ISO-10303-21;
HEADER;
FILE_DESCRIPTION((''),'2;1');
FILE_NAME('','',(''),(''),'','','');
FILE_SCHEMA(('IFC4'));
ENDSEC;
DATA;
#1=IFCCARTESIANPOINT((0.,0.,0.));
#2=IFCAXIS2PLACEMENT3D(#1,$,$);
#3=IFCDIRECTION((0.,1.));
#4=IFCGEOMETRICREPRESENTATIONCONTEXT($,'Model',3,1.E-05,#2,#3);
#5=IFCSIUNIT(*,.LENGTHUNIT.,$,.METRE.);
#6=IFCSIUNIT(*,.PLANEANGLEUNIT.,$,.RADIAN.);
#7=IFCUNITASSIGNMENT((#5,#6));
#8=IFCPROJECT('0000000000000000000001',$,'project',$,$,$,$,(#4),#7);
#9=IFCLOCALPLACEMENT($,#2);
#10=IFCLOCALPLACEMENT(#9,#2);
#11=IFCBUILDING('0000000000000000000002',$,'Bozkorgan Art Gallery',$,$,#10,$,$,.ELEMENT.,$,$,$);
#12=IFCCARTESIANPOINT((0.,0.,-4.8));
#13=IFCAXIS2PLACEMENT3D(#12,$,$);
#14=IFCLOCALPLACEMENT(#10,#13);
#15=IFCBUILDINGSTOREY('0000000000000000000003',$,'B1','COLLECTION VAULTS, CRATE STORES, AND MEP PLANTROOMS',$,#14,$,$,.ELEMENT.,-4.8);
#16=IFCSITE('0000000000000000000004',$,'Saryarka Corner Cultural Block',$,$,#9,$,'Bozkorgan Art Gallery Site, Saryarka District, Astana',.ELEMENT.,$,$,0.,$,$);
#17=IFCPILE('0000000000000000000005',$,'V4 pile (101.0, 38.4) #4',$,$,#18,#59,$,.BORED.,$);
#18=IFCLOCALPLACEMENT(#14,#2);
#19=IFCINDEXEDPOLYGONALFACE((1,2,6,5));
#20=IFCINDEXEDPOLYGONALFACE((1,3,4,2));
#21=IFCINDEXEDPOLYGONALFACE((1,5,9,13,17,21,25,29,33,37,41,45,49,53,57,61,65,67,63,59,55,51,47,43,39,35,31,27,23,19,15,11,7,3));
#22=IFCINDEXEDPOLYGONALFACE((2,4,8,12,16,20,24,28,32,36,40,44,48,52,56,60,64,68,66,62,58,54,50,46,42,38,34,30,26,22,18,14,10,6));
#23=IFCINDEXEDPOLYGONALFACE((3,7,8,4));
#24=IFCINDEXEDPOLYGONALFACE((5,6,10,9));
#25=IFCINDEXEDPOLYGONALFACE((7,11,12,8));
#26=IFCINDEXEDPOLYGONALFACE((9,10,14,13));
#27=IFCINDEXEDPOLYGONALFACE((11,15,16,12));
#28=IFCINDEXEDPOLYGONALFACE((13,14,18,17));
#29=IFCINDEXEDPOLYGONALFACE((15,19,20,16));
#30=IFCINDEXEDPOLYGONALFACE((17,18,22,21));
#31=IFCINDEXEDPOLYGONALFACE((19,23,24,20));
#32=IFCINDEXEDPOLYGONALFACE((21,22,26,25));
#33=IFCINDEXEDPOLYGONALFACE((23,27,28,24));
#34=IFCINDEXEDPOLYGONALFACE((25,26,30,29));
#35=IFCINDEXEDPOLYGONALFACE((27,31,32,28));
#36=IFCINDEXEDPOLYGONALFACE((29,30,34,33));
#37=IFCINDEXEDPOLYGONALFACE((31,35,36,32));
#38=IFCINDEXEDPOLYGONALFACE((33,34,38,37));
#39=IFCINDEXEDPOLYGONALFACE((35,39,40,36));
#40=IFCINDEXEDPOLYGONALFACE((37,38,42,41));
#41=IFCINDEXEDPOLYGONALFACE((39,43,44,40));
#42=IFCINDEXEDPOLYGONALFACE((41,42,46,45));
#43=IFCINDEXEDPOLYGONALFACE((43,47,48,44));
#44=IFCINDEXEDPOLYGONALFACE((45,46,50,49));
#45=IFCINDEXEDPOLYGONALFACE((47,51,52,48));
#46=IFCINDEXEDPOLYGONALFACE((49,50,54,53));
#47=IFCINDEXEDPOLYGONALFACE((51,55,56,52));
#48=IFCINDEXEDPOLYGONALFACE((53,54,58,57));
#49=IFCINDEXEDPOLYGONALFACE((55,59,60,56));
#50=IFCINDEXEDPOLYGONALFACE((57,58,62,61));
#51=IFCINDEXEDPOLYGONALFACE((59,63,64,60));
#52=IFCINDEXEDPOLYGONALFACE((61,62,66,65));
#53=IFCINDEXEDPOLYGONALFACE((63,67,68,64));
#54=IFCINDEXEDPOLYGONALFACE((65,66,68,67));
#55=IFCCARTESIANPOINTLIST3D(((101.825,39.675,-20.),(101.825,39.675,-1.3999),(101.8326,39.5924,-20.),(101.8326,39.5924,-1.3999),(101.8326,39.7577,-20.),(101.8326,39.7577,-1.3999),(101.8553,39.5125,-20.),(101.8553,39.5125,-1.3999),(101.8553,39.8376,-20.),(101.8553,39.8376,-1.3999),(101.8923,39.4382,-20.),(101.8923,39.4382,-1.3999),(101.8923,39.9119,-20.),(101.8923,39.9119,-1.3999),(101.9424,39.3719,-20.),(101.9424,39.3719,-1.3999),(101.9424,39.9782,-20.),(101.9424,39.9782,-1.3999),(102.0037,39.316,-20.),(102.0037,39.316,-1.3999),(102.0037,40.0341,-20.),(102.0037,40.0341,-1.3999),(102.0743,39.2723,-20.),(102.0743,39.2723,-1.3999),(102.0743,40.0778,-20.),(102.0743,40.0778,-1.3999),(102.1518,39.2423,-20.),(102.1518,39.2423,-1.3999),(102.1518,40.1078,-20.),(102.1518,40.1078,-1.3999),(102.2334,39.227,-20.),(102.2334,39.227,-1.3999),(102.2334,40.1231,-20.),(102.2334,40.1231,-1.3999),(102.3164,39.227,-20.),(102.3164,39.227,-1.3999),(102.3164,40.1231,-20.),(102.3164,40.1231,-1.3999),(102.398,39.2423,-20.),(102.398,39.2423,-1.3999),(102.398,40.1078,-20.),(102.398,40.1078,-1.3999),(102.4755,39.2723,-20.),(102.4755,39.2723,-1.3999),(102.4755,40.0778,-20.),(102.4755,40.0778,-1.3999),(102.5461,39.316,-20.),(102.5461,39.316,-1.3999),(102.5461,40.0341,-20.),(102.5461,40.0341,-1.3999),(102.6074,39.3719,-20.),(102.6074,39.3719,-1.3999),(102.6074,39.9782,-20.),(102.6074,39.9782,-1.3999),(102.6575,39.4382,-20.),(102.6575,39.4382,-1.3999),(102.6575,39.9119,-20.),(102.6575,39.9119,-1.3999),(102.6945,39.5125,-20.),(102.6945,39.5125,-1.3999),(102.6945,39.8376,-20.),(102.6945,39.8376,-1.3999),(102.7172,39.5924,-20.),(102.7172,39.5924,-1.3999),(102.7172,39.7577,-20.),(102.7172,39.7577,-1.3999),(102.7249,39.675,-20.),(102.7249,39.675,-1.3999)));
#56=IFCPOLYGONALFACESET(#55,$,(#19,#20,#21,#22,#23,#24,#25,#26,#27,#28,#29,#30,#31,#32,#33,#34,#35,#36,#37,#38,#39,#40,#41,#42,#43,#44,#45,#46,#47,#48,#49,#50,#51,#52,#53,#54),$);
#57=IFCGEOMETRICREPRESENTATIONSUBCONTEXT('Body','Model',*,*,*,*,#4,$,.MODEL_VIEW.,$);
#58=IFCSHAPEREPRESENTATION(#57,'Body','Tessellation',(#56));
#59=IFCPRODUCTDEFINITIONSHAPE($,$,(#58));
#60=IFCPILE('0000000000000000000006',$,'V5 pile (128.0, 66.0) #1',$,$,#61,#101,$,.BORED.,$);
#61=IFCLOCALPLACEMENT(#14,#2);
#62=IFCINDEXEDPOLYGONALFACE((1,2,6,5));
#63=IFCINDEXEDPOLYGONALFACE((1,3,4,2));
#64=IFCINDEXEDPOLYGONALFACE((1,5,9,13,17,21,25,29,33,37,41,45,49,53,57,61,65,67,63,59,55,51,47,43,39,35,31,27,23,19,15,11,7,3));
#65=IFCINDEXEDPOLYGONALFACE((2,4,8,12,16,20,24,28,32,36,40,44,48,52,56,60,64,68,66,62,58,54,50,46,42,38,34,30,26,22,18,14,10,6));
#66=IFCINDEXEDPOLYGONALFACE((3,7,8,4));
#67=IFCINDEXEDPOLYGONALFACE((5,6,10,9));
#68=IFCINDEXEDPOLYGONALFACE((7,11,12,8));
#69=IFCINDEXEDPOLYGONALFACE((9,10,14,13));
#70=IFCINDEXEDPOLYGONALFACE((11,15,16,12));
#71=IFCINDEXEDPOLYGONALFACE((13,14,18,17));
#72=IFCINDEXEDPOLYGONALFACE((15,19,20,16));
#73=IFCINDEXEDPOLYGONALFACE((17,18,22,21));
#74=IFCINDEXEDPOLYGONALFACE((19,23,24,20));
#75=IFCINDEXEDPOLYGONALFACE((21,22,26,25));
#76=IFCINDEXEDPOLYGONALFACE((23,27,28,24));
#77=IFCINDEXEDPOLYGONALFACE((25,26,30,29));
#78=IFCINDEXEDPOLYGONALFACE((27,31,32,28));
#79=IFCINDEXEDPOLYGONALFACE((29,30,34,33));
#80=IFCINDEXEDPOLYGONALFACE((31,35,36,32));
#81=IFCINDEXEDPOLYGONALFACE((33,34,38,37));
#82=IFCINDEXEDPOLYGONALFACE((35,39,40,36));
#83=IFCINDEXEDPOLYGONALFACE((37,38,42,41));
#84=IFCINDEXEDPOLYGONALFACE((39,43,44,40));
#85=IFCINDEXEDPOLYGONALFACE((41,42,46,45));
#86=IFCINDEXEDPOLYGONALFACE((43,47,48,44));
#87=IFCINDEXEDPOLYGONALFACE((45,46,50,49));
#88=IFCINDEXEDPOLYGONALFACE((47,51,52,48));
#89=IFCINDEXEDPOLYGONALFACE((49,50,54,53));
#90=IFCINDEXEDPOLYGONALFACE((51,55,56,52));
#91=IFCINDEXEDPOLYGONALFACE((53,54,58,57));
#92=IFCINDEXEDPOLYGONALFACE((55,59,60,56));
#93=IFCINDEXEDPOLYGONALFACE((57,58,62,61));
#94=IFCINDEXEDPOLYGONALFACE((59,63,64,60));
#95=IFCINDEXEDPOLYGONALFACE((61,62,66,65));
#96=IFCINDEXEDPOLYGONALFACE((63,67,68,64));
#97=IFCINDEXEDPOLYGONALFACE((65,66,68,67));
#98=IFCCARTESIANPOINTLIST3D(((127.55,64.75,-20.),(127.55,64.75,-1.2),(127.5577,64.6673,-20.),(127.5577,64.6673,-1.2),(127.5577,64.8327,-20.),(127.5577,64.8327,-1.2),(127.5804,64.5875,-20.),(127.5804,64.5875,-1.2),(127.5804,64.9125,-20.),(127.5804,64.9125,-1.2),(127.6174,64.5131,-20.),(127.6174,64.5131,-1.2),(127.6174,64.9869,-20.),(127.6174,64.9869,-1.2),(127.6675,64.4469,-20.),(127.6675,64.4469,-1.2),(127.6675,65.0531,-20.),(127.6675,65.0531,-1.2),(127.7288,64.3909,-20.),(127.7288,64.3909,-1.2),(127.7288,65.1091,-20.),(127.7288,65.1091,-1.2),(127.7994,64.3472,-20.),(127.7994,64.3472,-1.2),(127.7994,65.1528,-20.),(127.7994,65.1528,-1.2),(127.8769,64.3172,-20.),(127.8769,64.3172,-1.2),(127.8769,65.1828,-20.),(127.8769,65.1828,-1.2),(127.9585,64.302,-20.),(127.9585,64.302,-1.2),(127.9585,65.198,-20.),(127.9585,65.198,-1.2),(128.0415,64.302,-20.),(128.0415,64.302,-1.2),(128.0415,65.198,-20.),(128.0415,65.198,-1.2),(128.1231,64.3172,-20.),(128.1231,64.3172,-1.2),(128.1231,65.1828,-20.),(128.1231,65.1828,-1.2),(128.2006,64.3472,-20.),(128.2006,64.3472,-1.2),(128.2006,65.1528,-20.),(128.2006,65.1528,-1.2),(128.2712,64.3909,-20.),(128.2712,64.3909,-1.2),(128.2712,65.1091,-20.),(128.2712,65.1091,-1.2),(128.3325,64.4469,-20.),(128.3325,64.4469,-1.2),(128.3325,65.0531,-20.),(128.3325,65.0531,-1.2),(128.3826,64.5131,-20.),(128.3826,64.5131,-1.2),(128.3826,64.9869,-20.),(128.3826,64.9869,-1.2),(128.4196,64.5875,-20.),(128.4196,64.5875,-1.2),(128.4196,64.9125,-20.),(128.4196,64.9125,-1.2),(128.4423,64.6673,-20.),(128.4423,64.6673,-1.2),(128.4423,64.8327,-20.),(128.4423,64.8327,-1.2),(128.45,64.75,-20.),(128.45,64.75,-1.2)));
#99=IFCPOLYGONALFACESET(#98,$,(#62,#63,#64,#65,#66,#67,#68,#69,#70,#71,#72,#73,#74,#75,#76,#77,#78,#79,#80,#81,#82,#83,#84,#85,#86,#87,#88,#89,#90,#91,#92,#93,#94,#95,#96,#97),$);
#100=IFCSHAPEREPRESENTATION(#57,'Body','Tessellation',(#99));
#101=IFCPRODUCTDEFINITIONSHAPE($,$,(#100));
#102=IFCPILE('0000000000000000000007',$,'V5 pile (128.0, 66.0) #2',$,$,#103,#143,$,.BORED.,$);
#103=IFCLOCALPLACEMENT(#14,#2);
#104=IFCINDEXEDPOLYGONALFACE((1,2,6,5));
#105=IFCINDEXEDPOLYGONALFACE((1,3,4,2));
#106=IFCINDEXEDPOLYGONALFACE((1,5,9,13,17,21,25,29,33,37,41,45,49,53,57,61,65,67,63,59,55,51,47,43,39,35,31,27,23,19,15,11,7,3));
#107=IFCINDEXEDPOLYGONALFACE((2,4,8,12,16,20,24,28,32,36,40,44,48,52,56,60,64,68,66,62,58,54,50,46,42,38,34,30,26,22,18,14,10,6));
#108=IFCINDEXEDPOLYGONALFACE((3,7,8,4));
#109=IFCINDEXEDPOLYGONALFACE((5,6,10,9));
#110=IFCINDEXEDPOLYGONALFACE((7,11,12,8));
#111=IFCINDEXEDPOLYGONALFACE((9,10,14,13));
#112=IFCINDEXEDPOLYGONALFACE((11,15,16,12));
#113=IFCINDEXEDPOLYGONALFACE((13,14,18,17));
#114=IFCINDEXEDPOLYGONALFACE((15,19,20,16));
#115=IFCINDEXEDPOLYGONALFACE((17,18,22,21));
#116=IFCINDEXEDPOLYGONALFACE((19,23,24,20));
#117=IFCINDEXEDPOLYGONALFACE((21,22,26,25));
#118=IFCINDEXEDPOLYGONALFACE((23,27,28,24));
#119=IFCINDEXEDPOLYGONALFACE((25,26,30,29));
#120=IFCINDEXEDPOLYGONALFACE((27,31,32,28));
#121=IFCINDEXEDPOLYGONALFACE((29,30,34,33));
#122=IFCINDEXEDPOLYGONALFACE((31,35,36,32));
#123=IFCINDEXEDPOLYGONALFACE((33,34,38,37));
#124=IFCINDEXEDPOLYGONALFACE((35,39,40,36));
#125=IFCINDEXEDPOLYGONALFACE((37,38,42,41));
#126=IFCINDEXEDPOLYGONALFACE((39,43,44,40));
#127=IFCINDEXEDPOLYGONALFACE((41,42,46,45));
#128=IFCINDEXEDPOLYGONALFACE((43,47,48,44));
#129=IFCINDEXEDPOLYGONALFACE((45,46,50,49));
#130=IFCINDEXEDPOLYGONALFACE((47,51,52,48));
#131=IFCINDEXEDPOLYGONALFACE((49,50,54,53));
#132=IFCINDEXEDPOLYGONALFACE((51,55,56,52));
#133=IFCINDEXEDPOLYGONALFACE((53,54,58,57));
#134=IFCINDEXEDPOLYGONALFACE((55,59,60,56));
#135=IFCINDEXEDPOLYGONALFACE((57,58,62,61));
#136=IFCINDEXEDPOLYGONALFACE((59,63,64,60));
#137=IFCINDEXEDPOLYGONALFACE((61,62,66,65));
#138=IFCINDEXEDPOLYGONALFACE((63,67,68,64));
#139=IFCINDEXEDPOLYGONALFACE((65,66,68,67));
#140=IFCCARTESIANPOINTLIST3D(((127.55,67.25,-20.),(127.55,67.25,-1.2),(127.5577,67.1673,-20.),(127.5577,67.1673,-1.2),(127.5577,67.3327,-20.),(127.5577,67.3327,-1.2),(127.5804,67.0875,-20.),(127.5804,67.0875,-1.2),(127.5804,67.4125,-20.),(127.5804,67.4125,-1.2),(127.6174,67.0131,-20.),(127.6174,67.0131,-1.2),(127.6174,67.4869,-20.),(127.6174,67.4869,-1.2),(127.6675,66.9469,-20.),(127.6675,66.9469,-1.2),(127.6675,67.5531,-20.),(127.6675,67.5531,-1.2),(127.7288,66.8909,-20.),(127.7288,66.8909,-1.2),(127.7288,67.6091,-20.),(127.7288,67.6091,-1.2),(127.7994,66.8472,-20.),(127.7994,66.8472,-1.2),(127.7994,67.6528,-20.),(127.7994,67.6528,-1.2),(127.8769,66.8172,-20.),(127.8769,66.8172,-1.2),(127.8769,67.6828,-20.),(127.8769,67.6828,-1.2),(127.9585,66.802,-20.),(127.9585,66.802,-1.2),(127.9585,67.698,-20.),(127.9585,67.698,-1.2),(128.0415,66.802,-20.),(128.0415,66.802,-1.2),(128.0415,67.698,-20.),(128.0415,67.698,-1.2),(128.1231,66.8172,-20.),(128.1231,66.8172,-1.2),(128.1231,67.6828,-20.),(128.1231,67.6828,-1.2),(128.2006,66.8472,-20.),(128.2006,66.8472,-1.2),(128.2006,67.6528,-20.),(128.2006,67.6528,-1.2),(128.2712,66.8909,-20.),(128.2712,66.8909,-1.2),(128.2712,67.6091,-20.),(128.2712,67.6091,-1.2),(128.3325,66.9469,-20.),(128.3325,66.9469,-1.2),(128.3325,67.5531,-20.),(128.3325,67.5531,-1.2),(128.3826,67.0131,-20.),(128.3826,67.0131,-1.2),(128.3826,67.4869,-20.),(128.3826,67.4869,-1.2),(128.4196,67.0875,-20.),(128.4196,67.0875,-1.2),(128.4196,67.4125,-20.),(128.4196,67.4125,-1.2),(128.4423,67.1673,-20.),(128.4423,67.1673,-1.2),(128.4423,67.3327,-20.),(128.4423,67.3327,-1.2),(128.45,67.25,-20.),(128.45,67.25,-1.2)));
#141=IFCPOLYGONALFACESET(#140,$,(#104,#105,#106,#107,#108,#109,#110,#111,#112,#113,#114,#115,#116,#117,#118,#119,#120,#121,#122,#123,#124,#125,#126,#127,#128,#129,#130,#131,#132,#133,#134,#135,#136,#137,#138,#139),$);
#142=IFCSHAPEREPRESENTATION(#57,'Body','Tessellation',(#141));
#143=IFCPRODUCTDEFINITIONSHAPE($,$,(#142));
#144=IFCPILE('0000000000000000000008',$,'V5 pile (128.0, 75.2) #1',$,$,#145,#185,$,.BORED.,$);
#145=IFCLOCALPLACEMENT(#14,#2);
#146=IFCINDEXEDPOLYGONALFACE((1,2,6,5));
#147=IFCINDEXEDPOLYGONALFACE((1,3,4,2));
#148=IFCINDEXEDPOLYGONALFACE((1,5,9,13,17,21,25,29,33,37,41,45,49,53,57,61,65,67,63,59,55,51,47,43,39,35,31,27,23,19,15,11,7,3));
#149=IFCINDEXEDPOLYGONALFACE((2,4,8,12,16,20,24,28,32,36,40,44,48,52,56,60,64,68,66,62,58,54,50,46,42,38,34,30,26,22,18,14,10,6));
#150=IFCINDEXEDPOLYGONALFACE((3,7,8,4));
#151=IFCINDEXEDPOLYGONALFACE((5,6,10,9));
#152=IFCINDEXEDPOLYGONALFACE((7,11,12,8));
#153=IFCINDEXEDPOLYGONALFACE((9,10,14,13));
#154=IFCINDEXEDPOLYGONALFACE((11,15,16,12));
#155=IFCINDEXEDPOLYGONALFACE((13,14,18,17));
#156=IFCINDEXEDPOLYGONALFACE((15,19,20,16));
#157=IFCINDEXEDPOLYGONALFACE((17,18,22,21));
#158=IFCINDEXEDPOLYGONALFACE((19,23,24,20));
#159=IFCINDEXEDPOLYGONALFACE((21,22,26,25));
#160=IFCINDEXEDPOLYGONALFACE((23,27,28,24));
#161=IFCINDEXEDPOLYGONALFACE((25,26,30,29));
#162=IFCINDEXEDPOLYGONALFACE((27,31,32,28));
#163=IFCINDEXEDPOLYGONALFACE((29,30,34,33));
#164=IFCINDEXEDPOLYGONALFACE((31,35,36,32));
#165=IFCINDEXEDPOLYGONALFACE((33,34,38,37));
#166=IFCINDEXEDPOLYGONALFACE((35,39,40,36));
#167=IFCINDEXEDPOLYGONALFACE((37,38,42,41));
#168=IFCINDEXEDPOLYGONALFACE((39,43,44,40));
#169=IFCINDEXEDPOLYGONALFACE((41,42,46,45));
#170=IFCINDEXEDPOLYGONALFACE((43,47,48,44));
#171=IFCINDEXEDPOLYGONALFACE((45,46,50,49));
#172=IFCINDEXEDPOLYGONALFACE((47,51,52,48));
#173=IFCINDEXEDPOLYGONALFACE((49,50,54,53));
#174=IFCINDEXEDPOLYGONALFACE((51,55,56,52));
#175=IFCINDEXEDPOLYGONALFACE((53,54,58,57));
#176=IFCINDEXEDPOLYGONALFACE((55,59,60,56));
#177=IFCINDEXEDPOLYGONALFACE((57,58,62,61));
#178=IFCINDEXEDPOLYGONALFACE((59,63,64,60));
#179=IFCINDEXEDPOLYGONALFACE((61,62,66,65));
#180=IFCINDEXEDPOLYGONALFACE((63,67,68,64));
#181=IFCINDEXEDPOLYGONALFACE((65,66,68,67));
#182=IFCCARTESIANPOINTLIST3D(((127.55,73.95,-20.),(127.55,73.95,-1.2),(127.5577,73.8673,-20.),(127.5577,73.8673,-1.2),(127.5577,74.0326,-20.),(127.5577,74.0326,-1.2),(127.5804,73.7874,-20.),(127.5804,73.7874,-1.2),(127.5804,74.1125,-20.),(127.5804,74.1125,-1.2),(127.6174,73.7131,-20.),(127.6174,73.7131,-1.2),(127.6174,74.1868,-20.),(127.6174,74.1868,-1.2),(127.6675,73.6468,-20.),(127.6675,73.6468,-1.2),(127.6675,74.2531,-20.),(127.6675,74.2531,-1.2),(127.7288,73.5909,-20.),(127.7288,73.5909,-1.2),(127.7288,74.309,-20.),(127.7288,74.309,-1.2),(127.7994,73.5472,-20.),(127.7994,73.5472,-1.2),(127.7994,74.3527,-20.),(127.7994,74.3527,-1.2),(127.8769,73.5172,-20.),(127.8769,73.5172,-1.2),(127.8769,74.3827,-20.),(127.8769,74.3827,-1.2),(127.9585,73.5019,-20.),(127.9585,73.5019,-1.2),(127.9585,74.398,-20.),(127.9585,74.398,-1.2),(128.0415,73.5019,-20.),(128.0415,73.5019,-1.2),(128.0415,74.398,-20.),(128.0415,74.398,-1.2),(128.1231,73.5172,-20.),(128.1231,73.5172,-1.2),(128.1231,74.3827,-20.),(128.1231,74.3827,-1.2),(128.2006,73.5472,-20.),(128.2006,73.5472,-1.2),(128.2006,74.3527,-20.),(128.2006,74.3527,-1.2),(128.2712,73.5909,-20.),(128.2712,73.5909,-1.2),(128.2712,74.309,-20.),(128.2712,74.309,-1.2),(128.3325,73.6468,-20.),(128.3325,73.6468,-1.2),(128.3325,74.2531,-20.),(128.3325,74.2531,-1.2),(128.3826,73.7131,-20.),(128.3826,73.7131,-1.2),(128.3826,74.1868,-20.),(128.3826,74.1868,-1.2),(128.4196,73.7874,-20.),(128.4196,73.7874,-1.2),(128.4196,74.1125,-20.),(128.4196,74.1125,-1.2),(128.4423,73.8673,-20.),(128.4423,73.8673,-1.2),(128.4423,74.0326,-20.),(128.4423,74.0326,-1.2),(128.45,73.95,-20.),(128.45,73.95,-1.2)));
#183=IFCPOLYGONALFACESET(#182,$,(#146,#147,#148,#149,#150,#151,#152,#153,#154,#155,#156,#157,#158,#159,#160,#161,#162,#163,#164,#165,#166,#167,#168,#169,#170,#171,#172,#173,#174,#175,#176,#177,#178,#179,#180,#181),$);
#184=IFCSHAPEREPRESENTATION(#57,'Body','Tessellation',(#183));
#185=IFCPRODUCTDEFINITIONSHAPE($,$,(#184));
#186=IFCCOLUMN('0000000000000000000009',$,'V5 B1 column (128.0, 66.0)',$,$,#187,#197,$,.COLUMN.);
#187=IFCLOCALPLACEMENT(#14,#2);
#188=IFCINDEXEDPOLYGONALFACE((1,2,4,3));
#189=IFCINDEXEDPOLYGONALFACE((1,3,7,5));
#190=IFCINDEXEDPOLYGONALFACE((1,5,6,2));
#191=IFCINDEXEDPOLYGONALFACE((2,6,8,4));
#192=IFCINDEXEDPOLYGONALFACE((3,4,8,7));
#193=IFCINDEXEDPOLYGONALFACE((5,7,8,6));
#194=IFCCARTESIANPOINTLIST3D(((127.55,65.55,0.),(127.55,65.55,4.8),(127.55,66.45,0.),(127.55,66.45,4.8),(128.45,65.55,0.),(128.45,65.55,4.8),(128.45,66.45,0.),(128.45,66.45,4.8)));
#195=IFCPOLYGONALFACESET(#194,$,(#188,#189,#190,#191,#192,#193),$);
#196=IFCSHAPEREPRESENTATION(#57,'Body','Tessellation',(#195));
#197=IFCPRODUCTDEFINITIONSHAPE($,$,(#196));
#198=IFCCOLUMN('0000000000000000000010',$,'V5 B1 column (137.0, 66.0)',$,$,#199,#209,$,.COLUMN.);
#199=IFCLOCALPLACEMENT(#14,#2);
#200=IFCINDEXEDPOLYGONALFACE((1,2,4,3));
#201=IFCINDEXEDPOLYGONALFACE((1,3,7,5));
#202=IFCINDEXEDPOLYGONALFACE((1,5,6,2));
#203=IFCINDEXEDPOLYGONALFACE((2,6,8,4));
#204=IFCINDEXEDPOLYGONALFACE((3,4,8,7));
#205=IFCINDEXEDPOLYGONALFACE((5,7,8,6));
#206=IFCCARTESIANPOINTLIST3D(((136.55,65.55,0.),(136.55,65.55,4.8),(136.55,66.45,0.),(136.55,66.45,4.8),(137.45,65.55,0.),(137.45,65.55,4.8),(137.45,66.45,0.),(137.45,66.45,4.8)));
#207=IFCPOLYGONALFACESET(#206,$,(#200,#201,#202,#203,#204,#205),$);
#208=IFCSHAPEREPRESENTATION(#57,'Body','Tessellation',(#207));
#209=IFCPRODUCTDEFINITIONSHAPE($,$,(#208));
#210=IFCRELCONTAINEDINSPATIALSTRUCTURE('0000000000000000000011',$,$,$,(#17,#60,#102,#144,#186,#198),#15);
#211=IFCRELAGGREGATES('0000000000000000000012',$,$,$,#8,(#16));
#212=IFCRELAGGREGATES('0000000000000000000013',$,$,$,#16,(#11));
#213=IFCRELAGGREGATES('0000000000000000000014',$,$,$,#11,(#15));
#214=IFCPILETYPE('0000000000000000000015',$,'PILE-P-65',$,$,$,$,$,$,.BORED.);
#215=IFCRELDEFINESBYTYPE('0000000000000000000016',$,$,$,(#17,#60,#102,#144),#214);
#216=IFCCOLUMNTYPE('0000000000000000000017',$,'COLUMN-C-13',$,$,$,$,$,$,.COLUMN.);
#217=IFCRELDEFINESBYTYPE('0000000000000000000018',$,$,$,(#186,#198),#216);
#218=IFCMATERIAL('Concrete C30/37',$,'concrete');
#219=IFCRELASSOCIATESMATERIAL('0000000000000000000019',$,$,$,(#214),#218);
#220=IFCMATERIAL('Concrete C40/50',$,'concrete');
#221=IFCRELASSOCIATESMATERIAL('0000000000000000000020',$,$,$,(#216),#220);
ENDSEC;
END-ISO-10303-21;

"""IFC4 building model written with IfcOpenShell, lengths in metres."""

from ifc_helpers import new_model, si_unit, direction, frame, origin, origin_2d, place, context, subcontext, project, spatial, rectangle, circle, extrude, material, material_profile, profile_set, type_object, element, save


model = new_model("IFC4")

# Units and contexts
model_context = context("Model", 3, precision=1e-05, world=origin(), true_north=direction((0.0, 1.0)))
body_context = subcontext(model_context, "Body", "Model", "MODEL_VIEW")
ifc_project = project(units=[si_unit("LENGTHUNIT", "METRE"), si_unit("PLANEANGLEUNIT", "RADIAN")], contexts=[model_context])

# Site, building, storey
site_placement = place(None, origin())
site = spatial("IfcSite", under=ifc_project, at=site_placement, Name="Saryarka Corner Cultural Block", LongName="Bozkorgan Art Gallery Site, Saryarka District, Astana", CompositionType="ELEMENT", RefElevation=0.0)
building_placement = place(site_placement, origin())
building = spatial("IfcBuilding", under=site, at=building_placement, Name="Bozkorgan Art Gallery", CompositionType="ELEMENT")
storey_placement = place(building_placement, frame((0.0, 0.0, -4.8)))
storey = spatial("IfcBuildingStorey", under=building, at=storey_placement, Name="B1", Description="COLLECTION VAULTS, CRATE STORES, AND MEP PLANTROOMS", CompositionType="ELEMENT", Elevation=-4.8)

# Shared definitions
ifc_material_1 = material(Name="Concrete C30/37", Category="concrete")

# Piles
ifc_material_profile_1 = material_profile(ifc_material_1, circle(Radius=0.45, at=origin_2d()), Name="PILE D900")
ifc_profile_set_1 = profile_set([ifc_material_profile_1], Name="Concrete C30/37")
pile_type_1 = type_object("IfcPileType", Name="PILE-P-65", PredefinedType="BORED", material=ifc_profile_set_1)
for number, where, z_axis, x_axis, name in (
    (1, (102.2749, 39.675, -1.3999), (0.0, 0.0, -1.0), (1.0, 0.0, 0.0), "V4 pile (101.0, 38.4) #4"),
):
    element("IfcPile", number, at=place(storey_placement, frame(where, z_axis=z_axis, x_axis=x_axis)), inside=storey, type_object=pile_type_1, Name=name, PredefinedType="BORED", context=body_context, shape_type="SweptSolid", body=[
        extrude(circle(Radius=0.45, at=origin_2d()), origin(), (0.0, 0.0, 1.0), 18.6001),
    ])
for number, where, z_axis, x_axis, name in (
    (2, (128.0, 64.75, -1.2), (0.0, 0.0, -1.0), (1.0, 0.0, 0.0), "V5 pile (128.0, 66.0) #1"),
    (3, (128.0, 67.25, -1.2), (0.0, 0.0, -1.0), (1.0, 0.0, 0.0), "V5 pile (128.0, 66.0) #2"),
    (4, (128.0, 73.95, -1.2), (0.0, 0.0, -1.0), (1.0, 0.0, 0.0), "V5 pile (128.0, 75.2) #1"),
):
    element("IfcPile", number, at=place(storey_placement, frame(where, z_axis=z_axis, x_axis=x_axis)), inside=storey, type_object=pile_type_1, Name=name, PredefinedType="BORED", context=body_context, shape_type="SweptSolid", body=[
        extrude(circle(Radius=0.45, at=origin_2d()), origin(), (0.0, 0.0, 1.0), 18.8),
    ])

# Columns
ifc_material_2 = material(Name="Concrete C40/50", Category="concrete")
ifc_material_profile_2 = material_profile(ifc_material_2, rectangle(XDim=0.8999, YDim=0.8999, at=origin_2d()), Name="RC 900x900")
ifc_profile_set_2 = profile_set([ifc_material_profile_2], Name="Concrete C40/50")
column_type_1 = type_object("IfcColumnType", Name="COLUMN-C-13", PredefinedType="COLUMN", material=ifc_profile_set_2)
for number, where, z_axis, x_axis, name in (
    (5, (128.0, 66.0, 0.0), (0.0, 0.0, 1.0), (1.0, 0.0, 0.0), "V5 B1 column (128.0, 66.0)"),
    (6, (137.0, 66.0, 0.0), (0.0, 0.0, 1.0), (1.0, 0.0, 0.0), "V5 B1 column (137.0, 66.0)"),
):
    element("IfcColumn", number, at=place(storey_placement, frame(where, z_axis=z_axis, x_axis=x_axis)), inside=storey, type_object=column_type_1, Name=name, PredefinedType="COLUMN", context=body_context, shape_type="SweptSolid", body=[
        extrude(rectangle(XDim=0.8999, YDim=0.8999, at=origin_2d()), origin(), (0.0, 0.0, 1.0), 4.8),
    ])

save(model, "model.ifc")
